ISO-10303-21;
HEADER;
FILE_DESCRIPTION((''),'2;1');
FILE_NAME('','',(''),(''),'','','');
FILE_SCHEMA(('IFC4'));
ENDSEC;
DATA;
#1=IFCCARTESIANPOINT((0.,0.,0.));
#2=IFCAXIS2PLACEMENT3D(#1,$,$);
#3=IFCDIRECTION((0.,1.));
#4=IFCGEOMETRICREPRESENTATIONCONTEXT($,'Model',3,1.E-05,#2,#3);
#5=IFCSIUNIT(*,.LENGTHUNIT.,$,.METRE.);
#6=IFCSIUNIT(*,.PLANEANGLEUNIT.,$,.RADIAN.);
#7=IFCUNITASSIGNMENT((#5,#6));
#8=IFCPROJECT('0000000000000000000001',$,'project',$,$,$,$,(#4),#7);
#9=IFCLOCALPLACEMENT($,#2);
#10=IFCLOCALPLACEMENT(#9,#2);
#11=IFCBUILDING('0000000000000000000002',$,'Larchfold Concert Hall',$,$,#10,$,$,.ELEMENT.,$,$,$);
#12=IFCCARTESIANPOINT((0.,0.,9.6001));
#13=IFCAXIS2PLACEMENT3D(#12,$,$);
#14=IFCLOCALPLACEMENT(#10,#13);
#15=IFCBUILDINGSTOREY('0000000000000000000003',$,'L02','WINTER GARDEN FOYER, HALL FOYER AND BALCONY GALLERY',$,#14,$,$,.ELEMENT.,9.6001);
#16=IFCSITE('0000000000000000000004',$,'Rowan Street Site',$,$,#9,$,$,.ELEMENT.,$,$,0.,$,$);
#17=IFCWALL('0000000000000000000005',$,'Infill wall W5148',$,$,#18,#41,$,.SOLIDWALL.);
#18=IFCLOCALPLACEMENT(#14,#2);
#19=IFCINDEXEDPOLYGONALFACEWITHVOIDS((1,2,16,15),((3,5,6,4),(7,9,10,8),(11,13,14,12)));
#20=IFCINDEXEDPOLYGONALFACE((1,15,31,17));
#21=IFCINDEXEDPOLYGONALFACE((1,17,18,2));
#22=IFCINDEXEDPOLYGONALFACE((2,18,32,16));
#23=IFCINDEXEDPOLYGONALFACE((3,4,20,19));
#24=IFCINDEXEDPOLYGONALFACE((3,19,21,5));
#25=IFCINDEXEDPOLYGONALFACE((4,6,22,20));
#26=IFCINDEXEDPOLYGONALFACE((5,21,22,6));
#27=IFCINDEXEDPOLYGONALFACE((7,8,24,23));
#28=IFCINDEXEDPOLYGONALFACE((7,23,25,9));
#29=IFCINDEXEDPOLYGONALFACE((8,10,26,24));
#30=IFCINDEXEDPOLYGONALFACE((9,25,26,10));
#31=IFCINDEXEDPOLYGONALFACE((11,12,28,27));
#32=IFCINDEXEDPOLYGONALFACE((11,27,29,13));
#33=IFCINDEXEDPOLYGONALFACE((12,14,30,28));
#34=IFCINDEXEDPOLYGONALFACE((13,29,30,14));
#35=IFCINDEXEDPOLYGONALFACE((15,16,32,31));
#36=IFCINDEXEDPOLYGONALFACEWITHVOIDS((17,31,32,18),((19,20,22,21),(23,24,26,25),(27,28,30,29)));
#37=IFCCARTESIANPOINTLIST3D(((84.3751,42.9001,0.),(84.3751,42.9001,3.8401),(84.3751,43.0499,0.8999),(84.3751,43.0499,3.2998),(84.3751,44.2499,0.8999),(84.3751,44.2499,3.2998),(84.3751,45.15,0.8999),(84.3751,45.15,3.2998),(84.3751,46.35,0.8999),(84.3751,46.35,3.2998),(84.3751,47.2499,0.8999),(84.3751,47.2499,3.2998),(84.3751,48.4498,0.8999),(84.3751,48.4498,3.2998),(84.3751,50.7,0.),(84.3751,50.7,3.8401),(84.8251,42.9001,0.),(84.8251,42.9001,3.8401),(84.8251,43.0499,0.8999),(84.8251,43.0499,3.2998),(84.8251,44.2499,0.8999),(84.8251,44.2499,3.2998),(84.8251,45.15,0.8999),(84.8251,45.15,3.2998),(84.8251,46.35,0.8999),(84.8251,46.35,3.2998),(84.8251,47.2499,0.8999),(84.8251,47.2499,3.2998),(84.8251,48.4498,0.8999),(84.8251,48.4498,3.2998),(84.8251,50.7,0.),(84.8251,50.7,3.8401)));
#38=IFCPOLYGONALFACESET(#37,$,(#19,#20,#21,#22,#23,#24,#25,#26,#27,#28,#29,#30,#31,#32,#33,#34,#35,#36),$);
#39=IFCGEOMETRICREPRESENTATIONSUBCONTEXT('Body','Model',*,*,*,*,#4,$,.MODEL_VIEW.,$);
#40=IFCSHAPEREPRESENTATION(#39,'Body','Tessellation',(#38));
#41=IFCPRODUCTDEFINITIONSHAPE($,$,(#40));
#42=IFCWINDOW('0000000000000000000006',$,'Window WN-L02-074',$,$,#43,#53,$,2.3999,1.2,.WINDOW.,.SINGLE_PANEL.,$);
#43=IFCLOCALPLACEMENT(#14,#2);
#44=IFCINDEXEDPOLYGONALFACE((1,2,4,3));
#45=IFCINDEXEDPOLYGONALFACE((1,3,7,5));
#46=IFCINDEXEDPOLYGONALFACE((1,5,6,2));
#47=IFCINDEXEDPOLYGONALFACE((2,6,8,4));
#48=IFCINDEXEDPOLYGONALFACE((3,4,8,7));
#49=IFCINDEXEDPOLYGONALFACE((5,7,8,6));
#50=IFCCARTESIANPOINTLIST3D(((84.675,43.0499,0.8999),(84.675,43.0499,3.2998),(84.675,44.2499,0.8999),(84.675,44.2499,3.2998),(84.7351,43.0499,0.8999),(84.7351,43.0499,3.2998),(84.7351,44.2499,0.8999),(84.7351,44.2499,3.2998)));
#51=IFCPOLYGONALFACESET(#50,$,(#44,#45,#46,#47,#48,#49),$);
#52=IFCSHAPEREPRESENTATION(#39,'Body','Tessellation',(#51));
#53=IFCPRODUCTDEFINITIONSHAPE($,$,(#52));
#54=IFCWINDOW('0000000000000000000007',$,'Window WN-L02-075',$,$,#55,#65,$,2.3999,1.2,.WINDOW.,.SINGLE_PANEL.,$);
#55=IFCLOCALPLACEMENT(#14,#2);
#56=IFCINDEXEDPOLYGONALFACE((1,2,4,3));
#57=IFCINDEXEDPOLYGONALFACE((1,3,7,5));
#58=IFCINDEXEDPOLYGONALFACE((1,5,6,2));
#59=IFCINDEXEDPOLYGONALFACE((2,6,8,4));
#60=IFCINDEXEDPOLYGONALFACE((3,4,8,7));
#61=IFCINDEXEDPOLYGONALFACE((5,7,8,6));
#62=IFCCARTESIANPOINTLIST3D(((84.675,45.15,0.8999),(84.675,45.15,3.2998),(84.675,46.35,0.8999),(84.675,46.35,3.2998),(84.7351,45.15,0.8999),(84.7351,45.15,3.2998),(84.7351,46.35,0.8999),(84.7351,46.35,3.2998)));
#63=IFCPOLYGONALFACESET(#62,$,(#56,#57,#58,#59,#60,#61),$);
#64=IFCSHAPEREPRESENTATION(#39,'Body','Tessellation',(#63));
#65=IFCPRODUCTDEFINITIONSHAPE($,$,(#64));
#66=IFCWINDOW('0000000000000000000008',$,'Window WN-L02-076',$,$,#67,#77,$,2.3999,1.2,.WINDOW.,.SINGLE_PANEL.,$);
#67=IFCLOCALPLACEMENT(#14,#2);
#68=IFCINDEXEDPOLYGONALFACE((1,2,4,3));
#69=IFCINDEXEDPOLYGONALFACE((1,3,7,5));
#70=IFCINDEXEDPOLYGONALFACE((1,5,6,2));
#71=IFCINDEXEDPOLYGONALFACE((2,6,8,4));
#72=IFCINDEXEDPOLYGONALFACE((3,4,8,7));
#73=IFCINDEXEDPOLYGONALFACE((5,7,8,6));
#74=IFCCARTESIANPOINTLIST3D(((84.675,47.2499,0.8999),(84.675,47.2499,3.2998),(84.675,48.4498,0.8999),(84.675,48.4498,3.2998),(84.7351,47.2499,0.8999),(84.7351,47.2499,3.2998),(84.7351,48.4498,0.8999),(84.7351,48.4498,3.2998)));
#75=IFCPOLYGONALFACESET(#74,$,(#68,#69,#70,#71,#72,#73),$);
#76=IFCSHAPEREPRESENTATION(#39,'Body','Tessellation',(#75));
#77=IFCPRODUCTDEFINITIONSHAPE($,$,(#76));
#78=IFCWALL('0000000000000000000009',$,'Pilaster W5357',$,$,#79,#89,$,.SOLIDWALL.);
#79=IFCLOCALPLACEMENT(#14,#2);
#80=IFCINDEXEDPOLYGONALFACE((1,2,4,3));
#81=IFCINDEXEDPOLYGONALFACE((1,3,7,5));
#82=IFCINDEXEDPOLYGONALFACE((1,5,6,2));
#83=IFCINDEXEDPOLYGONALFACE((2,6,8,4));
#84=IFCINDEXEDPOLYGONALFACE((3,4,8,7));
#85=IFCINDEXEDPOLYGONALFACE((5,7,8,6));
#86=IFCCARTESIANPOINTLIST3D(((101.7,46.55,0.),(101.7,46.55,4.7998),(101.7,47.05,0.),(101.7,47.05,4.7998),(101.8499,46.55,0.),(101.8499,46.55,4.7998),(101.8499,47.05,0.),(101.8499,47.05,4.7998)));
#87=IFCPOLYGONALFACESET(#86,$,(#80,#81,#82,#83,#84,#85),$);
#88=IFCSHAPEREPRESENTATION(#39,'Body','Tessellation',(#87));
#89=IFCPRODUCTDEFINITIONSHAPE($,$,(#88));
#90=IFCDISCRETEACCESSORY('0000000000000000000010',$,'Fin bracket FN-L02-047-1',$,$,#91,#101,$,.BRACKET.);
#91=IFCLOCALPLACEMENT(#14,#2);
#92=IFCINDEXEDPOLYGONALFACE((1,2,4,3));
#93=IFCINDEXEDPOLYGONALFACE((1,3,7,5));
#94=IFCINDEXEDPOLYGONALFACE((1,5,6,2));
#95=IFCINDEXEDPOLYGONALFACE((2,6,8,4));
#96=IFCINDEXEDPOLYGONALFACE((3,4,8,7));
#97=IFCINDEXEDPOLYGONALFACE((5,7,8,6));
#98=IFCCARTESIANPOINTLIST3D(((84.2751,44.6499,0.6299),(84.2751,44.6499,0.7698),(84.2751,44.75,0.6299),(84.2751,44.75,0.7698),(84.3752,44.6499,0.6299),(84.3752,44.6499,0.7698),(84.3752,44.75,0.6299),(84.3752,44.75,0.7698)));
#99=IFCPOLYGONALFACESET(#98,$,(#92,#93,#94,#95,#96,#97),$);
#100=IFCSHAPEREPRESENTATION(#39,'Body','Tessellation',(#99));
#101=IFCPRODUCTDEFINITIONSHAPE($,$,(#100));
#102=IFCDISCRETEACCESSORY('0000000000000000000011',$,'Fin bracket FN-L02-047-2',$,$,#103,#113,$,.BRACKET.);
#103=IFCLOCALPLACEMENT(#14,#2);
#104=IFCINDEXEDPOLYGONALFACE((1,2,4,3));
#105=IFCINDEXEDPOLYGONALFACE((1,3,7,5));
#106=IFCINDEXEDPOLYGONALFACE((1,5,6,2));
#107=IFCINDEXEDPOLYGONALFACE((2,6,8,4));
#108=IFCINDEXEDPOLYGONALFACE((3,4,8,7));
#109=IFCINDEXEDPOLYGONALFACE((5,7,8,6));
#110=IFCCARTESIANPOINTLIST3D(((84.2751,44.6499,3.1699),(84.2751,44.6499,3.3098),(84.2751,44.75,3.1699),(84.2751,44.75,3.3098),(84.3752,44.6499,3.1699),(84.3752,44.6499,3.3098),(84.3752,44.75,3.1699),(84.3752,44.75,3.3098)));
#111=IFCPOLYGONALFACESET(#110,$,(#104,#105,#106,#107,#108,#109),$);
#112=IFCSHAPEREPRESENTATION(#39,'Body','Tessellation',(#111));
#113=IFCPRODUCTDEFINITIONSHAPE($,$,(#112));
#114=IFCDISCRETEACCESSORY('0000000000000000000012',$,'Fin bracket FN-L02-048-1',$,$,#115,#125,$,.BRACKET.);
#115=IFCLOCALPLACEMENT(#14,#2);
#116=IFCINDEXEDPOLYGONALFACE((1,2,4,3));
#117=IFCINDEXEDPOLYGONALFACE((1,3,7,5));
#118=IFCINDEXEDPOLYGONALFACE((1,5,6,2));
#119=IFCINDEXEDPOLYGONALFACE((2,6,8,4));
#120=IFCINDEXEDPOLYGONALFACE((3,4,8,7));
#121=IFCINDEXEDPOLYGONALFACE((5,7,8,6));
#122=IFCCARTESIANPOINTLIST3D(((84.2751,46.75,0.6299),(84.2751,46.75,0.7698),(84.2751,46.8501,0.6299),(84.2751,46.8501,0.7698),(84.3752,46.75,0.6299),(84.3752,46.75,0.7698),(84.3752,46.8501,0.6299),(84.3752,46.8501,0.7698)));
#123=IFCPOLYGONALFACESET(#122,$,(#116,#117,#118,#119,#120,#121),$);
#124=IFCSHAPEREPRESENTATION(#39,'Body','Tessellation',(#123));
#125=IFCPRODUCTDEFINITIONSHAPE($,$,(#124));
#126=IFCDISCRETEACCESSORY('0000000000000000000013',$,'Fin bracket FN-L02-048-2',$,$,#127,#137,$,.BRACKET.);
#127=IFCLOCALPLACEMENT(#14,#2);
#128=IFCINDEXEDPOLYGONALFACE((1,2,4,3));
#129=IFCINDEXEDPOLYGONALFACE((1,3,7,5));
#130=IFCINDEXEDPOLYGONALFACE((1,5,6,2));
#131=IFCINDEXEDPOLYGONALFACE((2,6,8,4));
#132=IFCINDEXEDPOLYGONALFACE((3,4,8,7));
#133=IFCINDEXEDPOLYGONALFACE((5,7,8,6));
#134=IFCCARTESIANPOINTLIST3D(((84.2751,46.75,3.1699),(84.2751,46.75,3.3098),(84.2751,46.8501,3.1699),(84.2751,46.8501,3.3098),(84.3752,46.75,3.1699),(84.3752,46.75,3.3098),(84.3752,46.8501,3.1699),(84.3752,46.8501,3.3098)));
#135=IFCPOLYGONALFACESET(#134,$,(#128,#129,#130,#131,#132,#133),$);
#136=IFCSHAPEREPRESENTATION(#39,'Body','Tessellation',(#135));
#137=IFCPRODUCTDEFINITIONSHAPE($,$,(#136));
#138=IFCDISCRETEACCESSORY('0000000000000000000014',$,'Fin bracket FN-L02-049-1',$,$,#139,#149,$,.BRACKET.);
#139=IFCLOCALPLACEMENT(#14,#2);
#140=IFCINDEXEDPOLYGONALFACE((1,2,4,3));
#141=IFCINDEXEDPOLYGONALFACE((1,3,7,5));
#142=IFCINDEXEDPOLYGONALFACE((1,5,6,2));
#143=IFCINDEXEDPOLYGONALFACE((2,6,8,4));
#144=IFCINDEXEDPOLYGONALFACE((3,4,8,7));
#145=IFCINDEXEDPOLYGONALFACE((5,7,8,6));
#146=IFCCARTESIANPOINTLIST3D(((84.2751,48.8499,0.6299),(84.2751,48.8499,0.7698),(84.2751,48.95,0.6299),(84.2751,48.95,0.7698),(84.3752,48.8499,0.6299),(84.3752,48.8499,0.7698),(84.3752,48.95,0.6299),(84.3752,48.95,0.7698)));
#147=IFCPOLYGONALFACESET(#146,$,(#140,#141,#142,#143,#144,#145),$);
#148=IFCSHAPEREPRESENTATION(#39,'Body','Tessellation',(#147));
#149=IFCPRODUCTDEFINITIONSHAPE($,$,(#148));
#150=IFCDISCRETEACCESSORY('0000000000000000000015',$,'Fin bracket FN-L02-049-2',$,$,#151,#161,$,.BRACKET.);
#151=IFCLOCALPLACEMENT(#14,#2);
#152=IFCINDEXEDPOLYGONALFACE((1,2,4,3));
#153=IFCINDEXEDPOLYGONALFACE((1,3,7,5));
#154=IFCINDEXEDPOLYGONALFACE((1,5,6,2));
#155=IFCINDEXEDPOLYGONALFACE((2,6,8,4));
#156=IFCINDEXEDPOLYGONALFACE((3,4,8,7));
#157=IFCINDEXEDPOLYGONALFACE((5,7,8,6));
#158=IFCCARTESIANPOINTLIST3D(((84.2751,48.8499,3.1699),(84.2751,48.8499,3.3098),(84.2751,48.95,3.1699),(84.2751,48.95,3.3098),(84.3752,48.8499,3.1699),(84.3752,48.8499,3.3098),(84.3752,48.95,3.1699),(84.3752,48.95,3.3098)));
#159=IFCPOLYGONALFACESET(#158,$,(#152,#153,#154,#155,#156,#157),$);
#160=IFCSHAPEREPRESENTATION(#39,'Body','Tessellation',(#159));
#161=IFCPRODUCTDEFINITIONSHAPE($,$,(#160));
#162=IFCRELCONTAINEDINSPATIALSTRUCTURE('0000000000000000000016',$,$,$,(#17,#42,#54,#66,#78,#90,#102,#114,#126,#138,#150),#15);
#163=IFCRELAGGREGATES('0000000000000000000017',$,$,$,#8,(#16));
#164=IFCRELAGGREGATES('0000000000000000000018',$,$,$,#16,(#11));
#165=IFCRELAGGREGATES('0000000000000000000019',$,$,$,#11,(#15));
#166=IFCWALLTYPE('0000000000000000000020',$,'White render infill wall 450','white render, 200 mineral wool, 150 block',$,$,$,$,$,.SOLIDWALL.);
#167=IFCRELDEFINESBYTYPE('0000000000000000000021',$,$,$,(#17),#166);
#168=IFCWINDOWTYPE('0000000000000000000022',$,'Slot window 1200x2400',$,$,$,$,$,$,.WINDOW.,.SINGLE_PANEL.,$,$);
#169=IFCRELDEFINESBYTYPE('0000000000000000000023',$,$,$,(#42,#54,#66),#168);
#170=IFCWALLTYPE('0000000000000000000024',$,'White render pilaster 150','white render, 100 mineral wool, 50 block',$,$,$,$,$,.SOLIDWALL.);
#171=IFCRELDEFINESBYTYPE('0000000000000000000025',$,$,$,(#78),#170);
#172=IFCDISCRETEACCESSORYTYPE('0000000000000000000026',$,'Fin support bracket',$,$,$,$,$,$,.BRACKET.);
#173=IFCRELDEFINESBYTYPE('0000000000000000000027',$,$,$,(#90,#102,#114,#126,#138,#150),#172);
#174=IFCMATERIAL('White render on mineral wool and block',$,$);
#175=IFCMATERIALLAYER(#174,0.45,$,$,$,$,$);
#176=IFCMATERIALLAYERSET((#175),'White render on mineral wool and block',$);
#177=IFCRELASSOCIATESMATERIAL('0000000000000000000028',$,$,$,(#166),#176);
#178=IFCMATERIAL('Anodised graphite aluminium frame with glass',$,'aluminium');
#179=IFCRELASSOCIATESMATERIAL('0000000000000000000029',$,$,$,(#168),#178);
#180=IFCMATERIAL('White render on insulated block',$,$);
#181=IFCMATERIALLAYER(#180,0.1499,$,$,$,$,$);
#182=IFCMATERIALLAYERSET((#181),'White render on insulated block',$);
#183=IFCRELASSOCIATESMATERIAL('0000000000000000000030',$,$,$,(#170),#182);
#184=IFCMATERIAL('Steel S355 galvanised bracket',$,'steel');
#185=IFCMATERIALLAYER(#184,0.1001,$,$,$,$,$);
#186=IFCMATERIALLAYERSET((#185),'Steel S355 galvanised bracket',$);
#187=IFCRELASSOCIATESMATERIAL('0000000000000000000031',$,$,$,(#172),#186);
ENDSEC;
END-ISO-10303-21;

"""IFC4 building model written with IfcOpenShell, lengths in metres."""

from ifc_helpers import new_model, si_unit, direction, frame, frame_2d, origin, origin_2d, place, context, subcontext, project, spatial, rectangle, extrude, material, layer, layer_set, type_object, element, fill, save


model = new_model("IFC4")

# Units and contexts
model_context = context("Model", 3, precision=1e-05, world=origin(), true_north=direction((0.0, 1.0)))
body_context = subcontext(model_context, "Body", "Model", "MODEL_VIEW")
ifc_project = project(units=[si_unit("LENGTHUNIT", "METRE"), si_unit("PLANEANGLEUNIT", "RADIAN")], contexts=[model_context])

# Site, building, storey
site_placement = place(None, origin())
site = spatial("IfcSite", under=ifc_project, at=site_placement, Name="Rowan Street Site", CompositionType="ELEMENT", RefElevation=0.0)
building_placement = place(site_placement, origin())
building = spatial("IfcBuilding", under=site, at=building_placement, Name="Larchfold Concert Hall", CompositionType="ELEMENT")
storey_placement = place(building_placement, frame((0.0, 0.0, 9.6001)))
storey = spatial("IfcBuildingStorey", under=building, at=storey_placement, Name="L02", Description="WINTER GARDEN FOYER, HALL FOYER AND BALCONY GALLERY", CompositionType="ELEMENT", Elevation=9.6001)

# Wall, openings, windows
ifc_material_1 = material(Name="White render on mineral wool and block")
ifc_layer_1 = layer(ifc_material_1, 0.45)
ifc_layer_set_1 = layer_set([ifc_layer_1], Name="White render on mineral wool and block")
wall_type_1 = type_object("IfcWallType", Name="White render infill wall 450", Description="white render, 200 mineral wool, 150 block", PredefinedType="SOLIDWALL", material=ifc_layer_set_1)
wall_1_placement = place(storey_placement, frame((84.6001, 50.7, 0.0), z_axis=(0.0, 0.0, 1.0), x_axis=(0.0, -1.0, 0.0)))
wall_1 = element("IfcWall", 1, at=wall_1_placement, inside=storey, type_object=wall_type_1, Name="Infill wall W5148", PredefinedType="SOLIDWALL", context=body_context, shape_type="SweptSolid", body=[
    extrude(rectangle(XDim=7.7998, YDim=0.45, at=frame_2d((3.8999, 0.0))), origin(), (0.0, 0.0, 1.0), 3.8401),
])
opening_1_placement = place(wall_1_placement, frame((6.45, 0.0, 0.8999)))
opening_1 = element("IfcOpeningElement", 2, at=opening_1_placement, cuts=wall_1, PredefinedType="OPENING", context=body_context, shape_type="SweptSolid", body=[
    extrude(rectangle(XDim=1.2, YDim=2.3999, at=frame_2d((0.6001, 1.2))), frame((0.0, 0.2349, 0.0), z_axis=(0.0, -1.0, 0.0), x_axis=(1.0, 0.0, 0.0)), (0.0, 0.0, 1.0), 0.47),
])
opening_2_placement = place(wall_1_placement, frame((4.3499, 0.0, 0.8999)))
opening_2 = element("IfcOpeningElement", 3, at=opening_2_placement, cuts=wall_1, PredefinedType="OPENING", context=body_context, shape_type="SweptSolid", body=[
    extrude(rectangle(XDim=1.2, YDim=2.3999, at=frame_2d((0.6001, 1.2))), frame((0.0, 0.2349, 0.0), z_axis=(0.0, -1.0, 0.0), x_axis=(1.0, 0.0, 0.0)), (0.0, 0.0, 1.0), 0.47),
])
opening_3_placement = place(wall_1_placement, frame((2.25, 0.0, 0.8999)))
opening_3 = element("IfcOpeningElement", 4, at=opening_3_placement, cuts=wall_1, PredefinedType="OPENING", context=body_context, shape_type="SweptSolid", body=[
    extrude(rectangle(XDim=1.2, YDim=2.3999, at=frame_2d((0.6001, 1.2))), frame((0.0, 0.2349, 0.0), z_axis=(0.0, -1.0, 0.0), x_axis=(1.0, 0.0, 0.0)), (0.0, 0.0, 1.0), 0.47),
])
ifc_material_2 = material(Name="Anodised graphite aluminium frame with glass", Category="aluminium")
window_type = type_object("IfcWindowType", Name="Slot window 1200x2400", PartitioningType="SINGLE_PANEL", PredefinedType="WINDOW", material=ifc_material_2)
window_1_placement = place(opening_1_placement, origin())
window_1 = element("IfcWindow", 5, at=window_1_placement, inside=storey, type_object=window_type, Name="Window WN-L02-074", OverallHeight=2.3999, OverallWidth=1.2, PartitioningType="SINGLE_PANEL", PredefinedType="WINDOW", context=body_context, shape_type="SweptSolid", body=[
    extrude(rectangle(XDim=1.2, YDim=2.3999, at=frame_2d((0.6001, 1.2))), frame((0.0, 0.135, 0.0), z_axis=(0.0, -1.0, 0.0), x_axis=(1.0, 0.0, 0.0)), (0.0, 0.0, 1.0), 0.0601),
])
fill(opening_1, window_1)
window_2_placement = place(opening_2_placement, origin())
window_2 = element("IfcWindow", 6, at=window_2_placement, inside=storey, type_object=window_type, Name="Window WN-L02-075", OverallHeight=2.3999, OverallWidth=1.2, PartitioningType="SINGLE_PANEL", PredefinedType="WINDOW", context=body_context, shape_type="SweptSolid", body=[
    extrude(rectangle(XDim=1.2, YDim=2.3999, at=frame_2d((0.6001, 1.2))), frame((0.0, 0.135, 0.0), z_axis=(0.0, -1.0, 0.0), x_axis=(1.0, 0.0, 0.0)), (0.0, 0.0, 1.0), 0.0601),
])
fill(opening_2, window_2)
window_3_placement = place(opening_3_placement, origin())
window_3 = element("IfcWindow", 7, at=window_3_placement, inside=storey, type_object=window_type, Name="Window WN-L02-076", OverallHeight=2.3999, OverallWidth=1.2, PartitioningType="SINGLE_PANEL", PredefinedType="WINDOW", context=body_context, shape_type="SweptSolid", body=[
    extrude(rectangle(XDim=1.2, YDim=2.3999, at=frame_2d((0.6001, 1.2))), frame((0.0, 0.135, 0.0), z_axis=(0.0, -1.0, 0.0), x_axis=(1.0, 0.0, 0.0)), (0.0, 0.0, 1.0), 0.0601),
])
fill(opening_3, window_3)

# Wall
ifc_material_3 = material(Name="White render on insulated block")
ifc_layer_2 = layer(ifc_material_3, 0.1499)
ifc_layer_set_2 = layer_set([ifc_layer_2], Name="White render on insulated block")
wall_type_2 = type_object("IfcWallType", Name="White render pilaster 150", Description="white render, 100 mineral wool, 50 block", PredefinedType="SOLIDWALL", material=ifc_layer_set_2)
wall_2_placement = place(storey_placement, frame((101.7749, 46.55, 0.0), z_axis=(0.0, 0.0, 1.0), x_axis=(0.0, 1.0, 0.0)))
element("IfcWall", 8, at=wall_2_placement, inside=storey, type_object=wall_type_2, Name="Pilaster W5357", PredefinedType="SOLIDWALL", context=body_context, shape_type="SweptSolid", body=[
    extrude(rectangle(XDim=0.5, YDim=0.1499, at=frame_2d((0.25, 0.0))), origin(), (0.0, 0.0, 1.0), 4.7998),
])

# Discrete accessories
ifc_material_4 = material(Name="Steel S355 galvanised bracket", Category="steel")
ifc_layer_3 = layer(ifc_material_4, 0.1001)
ifc_layer_set_3 = layer_set([ifc_layer_3], Name="Steel S355 galvanised bracket")
discrete_accessory_type = type_object("IfcDiscreteAccessoryType", Name="Fin support bracket", PredefinedType="BRACKET", material=ifc_layer_set_3)
for number, where, z_axis, x_axis, name in (
    (9, (84.3252, 44.7, 0.6299), (0.0, 0.0, 1.0), (-1.0, 0.0, 0.0), "Fin bracket FN-L02-047-1"),
    (10, (84.3252, 44.7, 3.1699), (0.0, 0.0, 1.0), (-1.0, 0.0, 0.0), "Fin bracket FN-L02-047-2"),
    (11, (84.3252, 46.8, 0.6299), (0.0, 0.0, 1.0), (-1.0, 0.0, 0.0), "Fin bracket FN-L02-048-1"),
    (12, (84.3252, 46.8, 3.1699), (0.0, 0.0, 1.0), (-1.0, 0.0, 0.0), "Fin bracket FN-L02-048-2"),
    (13, (84.3252, 48.8999, 0.6299), (0.0, 0.0, 1.0), (-1.0, 0.0, 0.0), "Fin bracket FN-L02-049-1"),
    (14, (84.3252, 48.8999, 3.1699), (0.0, 0.0, 1.0), (-1.0, 0.0, 0.0), "Fin bracket FN-L02-049-2"),
):
    element("IfcDiscreteAccessory", number, at=place(storey_placement, frame(where, z_axis=z_axis, x_axis=x_axis)), inside=storey, type_object=discrete_accessory_type, Name=name, PredefinedType="BRACKET", context=body_context, shape_type="SweptSolid", body=[
        extrude(rectangle(XDim=0.1001, YDim=0.1001, at=origin_2d()), origin(), (0.0, 0.0, 1.0), 0.1399),
    ])

save(model, "model.ifc")
